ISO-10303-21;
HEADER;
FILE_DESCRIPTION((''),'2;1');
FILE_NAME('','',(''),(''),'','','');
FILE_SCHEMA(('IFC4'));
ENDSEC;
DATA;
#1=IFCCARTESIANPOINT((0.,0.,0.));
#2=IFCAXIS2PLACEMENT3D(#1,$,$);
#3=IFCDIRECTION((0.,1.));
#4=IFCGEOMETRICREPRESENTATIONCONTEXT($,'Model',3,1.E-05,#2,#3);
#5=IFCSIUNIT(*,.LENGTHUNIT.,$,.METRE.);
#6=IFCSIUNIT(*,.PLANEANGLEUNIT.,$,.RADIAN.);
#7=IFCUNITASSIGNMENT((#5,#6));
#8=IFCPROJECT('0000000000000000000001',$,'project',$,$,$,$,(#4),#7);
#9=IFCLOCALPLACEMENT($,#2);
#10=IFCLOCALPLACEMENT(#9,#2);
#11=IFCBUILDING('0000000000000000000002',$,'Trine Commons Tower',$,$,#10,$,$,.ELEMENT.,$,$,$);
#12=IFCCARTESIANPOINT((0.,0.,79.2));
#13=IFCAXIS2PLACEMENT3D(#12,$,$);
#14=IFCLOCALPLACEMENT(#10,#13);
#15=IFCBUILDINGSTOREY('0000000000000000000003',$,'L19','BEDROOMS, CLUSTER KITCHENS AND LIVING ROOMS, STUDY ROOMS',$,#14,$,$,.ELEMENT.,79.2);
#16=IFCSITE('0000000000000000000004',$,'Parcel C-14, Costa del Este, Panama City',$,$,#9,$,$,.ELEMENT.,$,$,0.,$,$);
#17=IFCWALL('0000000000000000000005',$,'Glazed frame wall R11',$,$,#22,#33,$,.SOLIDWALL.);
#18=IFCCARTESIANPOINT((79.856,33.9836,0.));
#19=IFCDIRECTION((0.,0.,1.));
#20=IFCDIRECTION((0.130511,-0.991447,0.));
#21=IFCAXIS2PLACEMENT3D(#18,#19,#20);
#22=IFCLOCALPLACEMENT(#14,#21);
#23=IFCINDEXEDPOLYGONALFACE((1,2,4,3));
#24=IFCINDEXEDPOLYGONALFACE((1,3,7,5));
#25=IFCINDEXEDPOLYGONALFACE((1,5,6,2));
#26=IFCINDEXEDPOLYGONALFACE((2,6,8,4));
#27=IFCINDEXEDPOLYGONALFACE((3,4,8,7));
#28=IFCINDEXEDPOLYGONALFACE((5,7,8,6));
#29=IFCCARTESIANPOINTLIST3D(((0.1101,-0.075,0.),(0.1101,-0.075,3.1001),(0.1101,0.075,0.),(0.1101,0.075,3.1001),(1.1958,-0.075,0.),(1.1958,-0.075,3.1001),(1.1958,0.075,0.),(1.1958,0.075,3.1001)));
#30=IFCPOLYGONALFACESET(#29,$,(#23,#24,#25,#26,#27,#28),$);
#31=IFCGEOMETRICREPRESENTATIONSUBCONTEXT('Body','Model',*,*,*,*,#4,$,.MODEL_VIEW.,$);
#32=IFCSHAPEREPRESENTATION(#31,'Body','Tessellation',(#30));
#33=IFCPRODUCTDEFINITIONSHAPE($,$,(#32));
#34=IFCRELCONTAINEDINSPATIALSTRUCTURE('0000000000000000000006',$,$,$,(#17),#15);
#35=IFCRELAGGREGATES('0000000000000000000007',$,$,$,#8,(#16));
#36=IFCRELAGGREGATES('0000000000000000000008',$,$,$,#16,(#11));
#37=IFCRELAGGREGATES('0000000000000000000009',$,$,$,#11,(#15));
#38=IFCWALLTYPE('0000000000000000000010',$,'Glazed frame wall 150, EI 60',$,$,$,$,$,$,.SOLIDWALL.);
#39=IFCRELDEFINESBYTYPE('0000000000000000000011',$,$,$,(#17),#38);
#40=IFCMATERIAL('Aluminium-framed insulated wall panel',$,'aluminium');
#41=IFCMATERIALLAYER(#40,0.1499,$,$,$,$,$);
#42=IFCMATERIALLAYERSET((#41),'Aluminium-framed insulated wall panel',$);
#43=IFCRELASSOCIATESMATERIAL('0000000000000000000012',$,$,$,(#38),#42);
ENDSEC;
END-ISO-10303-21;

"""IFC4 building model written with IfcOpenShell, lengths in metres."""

from ifc_helpers import new_model, si_unit, direction, frame, origin, place, context, subcontext, project, spatial, polyline, outline, extrude, material, layer, layer_set, type_object, element, save


model = new_model("IFC4")

# Units and contexts
model_context = context("Model", 3, precision=1e-05, world=origin(), true_north=direction((0.0, 1.0)))
body_context = subcontext(model_context, "Body", "Model", "MODEL_VIEW")
ifc_project = project(units=[si_unit("LENGTHUNIT", "METRE"), si_unit("PLANEANGLEUNIT", "RADIAN")], contexts=[model_context])

# Site, building, storey
site_placement = place(None, origin())
site = spatial("IfcSite", under=ifc_project, at=site_placement, Name="Parcel C-14, Costa del Este, Panama City", CompositionType="ELEMENT", RefElevation=0.0)
building_placement = place(site_placement, origin())
building = spatial("IfcBuilding", under=site, at=building_placement, Name="Trine Commons Tower", CompositionType="ELEMENT")
storey_placement = place(building_placement, frame((0.0, 0.0, 79.2)))
storey = spatial("IfcBuildingStorey", under=building, at=storey_placement, Name="L19", Description="BEDROOMS, CLUSTER KITCHENS AND LIVING ROOMS, STUDY ROOMS", CompositionType="ELEMENT", Elevation=79.2)

# Shared definitions
ifc_material_1 = material(Name="Aluminium-framed insulated wall panel", Category="aluminium")
ifc_layer_1 = layer(ifc_material_1, 0.1499)
ifc_layer_set_1 = layer_set([ifc_layer_1], Name="Aluminium-framed insulated wall panel")
wall_type_1 = type_object("IfcWallType", Name="Glazed frame wall 150, EI 60", PredefinedType="SOLIDWALL", material=ifc_layer_set_1)

# Wall
wall_1_placement = place(storey_placement, frame((79.856, 33.9836, 0.0), z_axis=(0.0, 0.0, 1.0), x_axis=(0.130511, -0.991447, 0.0)))
element("IfcWall", 1, at=wall_1_placement, inside=storey, type_object=wall_type_1, Name="Glazed frame wall R11", PredefinedType="SOLIDWALL", context=body_context, shape_type="SweptSolid", body=[
    extrude(outline(polyline([(0.1101, 0.075), (0.1101, -0.075), (1.1958, -0.075), (1.1958, 0.075), (0.1101, 0.075)])), origin(), (0.0, 0.0, 1.0), 3.1001),
])

save(model, "model.ifc")
